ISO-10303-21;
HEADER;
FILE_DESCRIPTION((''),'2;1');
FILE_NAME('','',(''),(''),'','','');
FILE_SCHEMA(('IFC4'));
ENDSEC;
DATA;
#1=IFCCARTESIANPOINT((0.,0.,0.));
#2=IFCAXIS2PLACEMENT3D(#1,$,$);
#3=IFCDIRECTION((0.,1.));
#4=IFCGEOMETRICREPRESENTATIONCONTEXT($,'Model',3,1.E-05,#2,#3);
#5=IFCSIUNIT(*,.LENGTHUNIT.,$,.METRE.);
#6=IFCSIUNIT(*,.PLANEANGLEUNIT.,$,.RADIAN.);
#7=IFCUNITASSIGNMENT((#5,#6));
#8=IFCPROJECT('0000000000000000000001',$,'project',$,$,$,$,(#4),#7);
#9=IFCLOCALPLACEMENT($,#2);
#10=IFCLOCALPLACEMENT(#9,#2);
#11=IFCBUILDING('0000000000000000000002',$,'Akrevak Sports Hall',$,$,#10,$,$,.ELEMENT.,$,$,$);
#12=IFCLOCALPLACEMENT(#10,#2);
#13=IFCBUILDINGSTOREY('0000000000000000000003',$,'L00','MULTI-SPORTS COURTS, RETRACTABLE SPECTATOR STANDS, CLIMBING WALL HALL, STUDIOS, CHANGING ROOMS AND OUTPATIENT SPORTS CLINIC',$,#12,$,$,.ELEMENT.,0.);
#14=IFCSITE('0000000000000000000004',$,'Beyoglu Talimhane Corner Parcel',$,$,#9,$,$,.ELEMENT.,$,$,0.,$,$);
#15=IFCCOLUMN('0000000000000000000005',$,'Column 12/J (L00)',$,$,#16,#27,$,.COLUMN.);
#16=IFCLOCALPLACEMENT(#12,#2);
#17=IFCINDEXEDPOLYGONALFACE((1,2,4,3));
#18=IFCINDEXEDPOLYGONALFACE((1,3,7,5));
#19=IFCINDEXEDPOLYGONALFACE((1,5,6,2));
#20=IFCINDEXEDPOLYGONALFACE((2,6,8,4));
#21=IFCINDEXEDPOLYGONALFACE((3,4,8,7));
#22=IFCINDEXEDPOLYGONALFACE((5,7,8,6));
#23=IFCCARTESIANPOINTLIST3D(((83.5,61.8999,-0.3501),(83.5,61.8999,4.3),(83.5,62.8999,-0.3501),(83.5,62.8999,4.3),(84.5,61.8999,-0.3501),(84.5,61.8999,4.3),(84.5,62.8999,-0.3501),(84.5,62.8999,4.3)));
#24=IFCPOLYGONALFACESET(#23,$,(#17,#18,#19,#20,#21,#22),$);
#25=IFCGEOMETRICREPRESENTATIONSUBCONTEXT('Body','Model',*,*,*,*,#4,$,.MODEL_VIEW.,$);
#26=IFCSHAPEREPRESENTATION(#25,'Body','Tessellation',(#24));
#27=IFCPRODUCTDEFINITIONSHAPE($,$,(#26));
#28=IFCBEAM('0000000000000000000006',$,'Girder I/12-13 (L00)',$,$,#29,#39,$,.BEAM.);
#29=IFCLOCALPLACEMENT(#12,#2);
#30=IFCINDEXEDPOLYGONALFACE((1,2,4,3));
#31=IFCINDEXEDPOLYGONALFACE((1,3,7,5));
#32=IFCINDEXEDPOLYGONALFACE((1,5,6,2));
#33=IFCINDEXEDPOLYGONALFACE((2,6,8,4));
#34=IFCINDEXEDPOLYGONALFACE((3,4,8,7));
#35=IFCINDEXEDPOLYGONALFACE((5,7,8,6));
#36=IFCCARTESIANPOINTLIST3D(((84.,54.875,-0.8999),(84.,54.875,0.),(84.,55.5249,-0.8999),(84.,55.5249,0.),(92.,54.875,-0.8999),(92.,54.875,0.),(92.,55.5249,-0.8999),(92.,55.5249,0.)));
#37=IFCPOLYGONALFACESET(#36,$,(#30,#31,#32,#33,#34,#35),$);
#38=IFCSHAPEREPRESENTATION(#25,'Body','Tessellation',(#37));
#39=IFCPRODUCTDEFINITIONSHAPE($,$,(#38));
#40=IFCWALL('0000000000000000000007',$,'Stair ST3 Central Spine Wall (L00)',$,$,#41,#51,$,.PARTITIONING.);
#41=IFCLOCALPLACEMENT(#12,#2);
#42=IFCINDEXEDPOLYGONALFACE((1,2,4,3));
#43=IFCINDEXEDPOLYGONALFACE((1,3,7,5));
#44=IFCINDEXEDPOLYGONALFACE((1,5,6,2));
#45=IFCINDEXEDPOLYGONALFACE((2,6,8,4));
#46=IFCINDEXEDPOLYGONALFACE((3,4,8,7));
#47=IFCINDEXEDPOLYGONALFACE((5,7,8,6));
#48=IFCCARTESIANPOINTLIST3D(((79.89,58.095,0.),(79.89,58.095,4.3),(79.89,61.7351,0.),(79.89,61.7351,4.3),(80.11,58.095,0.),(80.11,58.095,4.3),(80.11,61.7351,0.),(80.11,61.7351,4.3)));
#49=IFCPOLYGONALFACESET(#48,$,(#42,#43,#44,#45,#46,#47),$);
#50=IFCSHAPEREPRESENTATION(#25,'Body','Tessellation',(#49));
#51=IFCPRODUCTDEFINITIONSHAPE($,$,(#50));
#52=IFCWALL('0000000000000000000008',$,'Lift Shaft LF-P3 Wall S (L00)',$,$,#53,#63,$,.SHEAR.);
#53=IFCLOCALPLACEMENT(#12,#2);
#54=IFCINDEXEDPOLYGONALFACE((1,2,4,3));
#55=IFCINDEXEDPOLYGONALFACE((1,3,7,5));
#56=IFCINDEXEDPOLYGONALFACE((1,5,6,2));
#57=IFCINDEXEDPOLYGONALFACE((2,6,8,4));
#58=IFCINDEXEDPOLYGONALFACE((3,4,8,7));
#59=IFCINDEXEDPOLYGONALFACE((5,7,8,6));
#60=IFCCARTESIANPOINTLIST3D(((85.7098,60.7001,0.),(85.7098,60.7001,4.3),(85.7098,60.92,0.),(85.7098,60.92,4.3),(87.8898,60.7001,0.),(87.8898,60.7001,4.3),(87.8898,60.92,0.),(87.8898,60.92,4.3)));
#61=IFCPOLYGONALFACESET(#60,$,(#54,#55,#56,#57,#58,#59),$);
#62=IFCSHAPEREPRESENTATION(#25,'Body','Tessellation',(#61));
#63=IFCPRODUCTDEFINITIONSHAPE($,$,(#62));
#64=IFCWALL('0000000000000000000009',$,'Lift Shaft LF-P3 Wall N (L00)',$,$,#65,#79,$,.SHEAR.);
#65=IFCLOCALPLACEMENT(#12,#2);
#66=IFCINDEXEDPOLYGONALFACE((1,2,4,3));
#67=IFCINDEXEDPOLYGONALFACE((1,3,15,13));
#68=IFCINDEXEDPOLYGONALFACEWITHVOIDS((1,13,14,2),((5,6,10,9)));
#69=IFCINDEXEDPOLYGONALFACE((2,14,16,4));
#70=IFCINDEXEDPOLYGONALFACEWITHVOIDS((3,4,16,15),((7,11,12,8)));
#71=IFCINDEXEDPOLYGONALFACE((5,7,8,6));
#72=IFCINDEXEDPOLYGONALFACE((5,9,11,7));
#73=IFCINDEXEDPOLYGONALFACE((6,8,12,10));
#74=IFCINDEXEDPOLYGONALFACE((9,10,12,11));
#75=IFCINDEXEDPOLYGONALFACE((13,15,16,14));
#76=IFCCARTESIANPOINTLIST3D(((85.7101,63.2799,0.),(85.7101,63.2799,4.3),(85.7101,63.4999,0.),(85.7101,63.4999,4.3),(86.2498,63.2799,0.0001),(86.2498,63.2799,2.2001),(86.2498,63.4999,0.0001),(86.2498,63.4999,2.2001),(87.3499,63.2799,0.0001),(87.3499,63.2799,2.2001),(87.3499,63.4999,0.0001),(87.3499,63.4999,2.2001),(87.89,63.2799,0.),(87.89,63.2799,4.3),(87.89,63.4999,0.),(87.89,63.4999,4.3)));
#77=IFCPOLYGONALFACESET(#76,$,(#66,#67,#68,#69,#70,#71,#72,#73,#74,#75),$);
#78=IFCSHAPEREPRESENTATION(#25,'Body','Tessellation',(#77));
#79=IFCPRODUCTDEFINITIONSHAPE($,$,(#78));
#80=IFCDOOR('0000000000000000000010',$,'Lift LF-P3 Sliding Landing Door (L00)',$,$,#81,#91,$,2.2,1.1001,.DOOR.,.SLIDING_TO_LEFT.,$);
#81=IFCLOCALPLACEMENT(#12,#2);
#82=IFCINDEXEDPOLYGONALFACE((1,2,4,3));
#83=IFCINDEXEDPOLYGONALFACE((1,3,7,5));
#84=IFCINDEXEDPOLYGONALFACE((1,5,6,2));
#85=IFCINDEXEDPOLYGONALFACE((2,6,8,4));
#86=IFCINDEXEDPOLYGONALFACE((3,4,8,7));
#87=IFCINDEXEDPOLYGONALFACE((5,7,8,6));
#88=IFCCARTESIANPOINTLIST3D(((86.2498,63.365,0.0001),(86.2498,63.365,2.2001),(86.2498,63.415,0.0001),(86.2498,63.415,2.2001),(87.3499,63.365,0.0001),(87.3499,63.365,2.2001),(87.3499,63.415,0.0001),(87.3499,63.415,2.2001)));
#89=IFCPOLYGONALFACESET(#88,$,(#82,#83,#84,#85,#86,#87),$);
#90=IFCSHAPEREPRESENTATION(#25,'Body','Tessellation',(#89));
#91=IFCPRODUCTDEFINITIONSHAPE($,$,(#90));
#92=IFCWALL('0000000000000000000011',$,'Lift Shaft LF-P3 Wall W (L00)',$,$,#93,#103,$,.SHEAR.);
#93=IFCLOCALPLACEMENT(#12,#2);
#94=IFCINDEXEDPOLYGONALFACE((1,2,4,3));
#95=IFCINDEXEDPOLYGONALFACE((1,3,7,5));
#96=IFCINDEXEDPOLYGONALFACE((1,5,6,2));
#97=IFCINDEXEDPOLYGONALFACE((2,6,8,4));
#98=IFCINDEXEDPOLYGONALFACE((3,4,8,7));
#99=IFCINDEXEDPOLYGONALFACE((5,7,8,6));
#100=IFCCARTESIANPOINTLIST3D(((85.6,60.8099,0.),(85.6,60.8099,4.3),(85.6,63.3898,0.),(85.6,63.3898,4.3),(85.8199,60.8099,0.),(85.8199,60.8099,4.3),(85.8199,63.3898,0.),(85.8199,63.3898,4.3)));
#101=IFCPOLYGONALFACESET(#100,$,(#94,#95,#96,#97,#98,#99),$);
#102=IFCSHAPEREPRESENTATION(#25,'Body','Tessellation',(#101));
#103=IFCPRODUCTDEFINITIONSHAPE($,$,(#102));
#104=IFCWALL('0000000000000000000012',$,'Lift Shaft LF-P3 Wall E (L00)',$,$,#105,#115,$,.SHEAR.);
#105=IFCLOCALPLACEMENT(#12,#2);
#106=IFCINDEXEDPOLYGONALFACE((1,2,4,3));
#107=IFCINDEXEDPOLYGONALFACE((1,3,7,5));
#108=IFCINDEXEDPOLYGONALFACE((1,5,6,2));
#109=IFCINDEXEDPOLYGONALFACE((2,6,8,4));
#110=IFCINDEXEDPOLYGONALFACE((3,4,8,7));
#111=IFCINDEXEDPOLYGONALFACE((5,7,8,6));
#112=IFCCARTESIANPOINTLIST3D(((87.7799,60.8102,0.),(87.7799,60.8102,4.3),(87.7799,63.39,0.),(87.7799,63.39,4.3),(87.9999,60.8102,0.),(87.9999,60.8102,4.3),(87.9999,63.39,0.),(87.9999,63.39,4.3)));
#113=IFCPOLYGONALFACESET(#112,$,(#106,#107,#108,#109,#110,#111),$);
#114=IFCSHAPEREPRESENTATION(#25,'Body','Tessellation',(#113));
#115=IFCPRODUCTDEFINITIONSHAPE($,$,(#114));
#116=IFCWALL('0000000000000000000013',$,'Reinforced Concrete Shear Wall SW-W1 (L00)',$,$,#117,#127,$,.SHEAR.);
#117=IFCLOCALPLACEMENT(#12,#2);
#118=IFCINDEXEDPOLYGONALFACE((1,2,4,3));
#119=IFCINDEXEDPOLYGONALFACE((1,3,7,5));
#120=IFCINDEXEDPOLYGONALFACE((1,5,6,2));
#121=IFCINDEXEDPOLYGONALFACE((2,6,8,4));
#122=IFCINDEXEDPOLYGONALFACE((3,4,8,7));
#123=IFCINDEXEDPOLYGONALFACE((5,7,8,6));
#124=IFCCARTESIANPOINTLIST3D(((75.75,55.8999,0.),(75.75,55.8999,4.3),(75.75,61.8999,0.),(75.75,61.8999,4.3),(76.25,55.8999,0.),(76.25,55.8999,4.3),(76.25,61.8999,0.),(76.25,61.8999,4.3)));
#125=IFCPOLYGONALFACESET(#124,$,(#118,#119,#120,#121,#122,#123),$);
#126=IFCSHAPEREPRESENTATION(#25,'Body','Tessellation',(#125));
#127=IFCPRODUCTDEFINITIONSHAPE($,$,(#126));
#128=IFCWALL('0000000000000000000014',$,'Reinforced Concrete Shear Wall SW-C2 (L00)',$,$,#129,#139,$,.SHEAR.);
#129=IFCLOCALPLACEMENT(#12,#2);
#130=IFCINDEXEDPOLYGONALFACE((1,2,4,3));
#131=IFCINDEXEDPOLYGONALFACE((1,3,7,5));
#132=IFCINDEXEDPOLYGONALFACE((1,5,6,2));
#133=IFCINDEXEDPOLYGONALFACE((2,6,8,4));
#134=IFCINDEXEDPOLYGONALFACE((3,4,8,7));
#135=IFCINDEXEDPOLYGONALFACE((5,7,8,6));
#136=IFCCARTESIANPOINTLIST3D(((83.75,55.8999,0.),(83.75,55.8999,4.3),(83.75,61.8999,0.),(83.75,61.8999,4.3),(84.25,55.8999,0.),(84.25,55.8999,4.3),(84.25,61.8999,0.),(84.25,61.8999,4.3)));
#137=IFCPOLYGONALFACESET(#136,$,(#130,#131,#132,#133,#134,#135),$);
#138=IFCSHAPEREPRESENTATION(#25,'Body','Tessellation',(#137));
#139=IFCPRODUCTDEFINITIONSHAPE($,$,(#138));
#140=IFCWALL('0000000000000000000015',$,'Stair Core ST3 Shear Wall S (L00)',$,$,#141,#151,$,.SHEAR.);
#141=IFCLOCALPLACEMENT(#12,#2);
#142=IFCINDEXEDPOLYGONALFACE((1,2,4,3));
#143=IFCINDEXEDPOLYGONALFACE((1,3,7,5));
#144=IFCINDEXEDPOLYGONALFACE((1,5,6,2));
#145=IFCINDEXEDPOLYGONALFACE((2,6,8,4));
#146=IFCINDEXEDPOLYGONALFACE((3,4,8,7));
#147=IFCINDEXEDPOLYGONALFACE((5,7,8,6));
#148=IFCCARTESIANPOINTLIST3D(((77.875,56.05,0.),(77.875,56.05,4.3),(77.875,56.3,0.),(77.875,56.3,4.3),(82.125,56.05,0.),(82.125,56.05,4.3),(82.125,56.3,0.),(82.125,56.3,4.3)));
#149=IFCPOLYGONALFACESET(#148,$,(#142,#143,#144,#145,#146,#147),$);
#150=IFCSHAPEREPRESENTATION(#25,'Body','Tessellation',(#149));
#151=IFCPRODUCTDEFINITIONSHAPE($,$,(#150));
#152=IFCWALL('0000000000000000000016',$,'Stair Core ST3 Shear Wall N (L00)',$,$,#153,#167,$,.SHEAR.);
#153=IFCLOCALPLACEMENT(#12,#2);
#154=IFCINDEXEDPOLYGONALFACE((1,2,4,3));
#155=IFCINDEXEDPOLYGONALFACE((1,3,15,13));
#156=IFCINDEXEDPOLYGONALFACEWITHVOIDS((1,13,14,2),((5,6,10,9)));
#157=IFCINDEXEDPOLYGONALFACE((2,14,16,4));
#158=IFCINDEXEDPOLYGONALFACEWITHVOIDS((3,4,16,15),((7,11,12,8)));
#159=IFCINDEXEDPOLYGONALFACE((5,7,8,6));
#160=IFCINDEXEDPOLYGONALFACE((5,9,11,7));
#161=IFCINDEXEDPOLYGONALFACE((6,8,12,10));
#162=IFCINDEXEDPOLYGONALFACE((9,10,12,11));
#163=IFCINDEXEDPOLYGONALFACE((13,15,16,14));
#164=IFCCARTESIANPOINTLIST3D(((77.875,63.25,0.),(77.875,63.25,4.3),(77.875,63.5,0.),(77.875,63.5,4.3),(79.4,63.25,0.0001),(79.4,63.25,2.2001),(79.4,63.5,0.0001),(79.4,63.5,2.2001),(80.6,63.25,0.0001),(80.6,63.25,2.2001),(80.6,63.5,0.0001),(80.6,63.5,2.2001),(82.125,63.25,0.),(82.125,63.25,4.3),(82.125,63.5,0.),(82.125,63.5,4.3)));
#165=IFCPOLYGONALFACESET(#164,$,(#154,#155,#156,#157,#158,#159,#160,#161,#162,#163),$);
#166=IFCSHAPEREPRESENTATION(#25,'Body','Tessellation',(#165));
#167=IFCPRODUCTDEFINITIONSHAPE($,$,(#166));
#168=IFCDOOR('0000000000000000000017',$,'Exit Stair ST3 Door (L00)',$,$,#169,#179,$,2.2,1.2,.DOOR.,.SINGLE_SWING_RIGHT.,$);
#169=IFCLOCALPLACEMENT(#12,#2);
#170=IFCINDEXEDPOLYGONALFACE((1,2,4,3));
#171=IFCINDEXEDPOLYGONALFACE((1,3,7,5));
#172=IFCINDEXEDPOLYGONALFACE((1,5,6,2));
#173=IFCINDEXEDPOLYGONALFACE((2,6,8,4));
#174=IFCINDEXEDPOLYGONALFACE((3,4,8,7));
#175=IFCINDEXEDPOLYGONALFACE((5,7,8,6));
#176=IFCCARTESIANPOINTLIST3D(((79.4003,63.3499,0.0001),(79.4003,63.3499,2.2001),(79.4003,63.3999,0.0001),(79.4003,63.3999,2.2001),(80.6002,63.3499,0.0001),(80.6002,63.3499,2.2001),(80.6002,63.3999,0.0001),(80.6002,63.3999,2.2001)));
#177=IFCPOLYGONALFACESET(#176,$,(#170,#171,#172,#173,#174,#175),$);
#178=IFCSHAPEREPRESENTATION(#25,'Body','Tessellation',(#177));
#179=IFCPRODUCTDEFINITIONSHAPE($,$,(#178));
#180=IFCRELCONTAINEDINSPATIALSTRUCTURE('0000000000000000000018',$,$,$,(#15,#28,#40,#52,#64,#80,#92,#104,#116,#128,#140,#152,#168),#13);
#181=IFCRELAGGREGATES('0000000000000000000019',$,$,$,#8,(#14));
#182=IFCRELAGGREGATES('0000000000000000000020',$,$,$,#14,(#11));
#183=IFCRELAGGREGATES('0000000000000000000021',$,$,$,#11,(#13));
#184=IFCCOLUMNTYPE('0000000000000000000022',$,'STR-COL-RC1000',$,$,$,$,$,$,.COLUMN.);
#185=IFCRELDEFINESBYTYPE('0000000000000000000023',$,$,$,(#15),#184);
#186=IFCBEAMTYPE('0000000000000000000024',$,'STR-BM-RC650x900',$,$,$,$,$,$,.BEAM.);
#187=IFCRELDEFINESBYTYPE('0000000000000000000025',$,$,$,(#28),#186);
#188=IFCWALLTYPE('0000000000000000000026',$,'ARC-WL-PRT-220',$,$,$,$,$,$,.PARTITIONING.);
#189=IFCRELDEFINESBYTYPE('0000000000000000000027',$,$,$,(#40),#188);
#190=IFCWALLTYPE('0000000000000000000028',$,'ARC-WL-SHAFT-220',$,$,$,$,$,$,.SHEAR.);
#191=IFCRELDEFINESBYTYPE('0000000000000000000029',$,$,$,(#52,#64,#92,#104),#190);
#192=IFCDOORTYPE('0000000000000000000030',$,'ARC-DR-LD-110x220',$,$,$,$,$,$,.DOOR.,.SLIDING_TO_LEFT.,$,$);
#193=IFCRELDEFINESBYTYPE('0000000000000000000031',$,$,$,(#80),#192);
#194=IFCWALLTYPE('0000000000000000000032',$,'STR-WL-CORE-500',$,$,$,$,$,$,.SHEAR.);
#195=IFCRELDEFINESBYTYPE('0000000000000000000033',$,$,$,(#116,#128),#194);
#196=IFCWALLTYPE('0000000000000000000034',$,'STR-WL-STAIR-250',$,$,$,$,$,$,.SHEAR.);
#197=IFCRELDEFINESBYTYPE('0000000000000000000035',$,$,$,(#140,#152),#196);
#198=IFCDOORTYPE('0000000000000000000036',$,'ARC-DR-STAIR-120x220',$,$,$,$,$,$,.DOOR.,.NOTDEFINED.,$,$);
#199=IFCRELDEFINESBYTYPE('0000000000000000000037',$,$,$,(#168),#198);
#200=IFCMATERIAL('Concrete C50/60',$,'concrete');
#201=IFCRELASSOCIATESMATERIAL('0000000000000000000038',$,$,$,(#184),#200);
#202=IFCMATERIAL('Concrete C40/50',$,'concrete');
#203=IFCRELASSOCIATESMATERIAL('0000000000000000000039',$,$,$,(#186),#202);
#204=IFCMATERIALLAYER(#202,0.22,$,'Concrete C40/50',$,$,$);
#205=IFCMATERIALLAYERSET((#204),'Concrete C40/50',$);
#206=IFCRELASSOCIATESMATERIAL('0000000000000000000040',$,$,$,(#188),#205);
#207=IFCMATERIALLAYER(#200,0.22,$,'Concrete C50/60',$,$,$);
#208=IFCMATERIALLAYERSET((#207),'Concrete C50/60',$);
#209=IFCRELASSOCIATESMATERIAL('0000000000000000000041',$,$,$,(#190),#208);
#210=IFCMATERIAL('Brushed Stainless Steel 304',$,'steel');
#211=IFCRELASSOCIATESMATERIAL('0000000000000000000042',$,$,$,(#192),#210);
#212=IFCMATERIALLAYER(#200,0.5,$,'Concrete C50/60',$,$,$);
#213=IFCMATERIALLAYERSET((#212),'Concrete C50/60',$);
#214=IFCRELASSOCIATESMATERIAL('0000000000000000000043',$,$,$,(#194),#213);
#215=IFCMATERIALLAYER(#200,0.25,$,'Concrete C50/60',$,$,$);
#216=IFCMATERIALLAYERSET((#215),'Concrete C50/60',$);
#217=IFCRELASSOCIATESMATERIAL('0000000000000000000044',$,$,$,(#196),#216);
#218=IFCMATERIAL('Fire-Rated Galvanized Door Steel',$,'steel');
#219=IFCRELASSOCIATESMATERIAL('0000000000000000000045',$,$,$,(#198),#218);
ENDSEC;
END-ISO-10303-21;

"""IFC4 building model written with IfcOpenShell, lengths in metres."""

from ifc_helpers import new_model, si_unit, direction, frame, frame_2d, origin, origin_2d, place, context, subcontext, project, spatial, rectangle, extrude, material, layer, layer_set, material_profile, profile_set, type_object, element, fill, save


model = new_model("IFC4")

# Units and contexts
model_context = context("Model", 3, precision=1e-05, world=origin(), true_north=direction((0.0, 1.0)))
body_context = subcontext(model_context, "Body", "Model", "MODEL_VIEW")
ifc_project = project(units=[si_unit("LENGTHUNIT", "METRE"), si_unit("PLANEANGLEUNIT", "RADIAN")], contexts=[model_context])

# Site, building, storey
site_placement = place(None, origin())
site = spatial("IfcSite", under=ifc_project, at=site_placement, Name="Beyoglu Talimhane Corner Parcel", CompositionType="ELEMENT", RefElevation=0.0)
building_placement = place(site_placement, origin())
building = spatial("IfcBuilding", under=site, at=building_placement, Name="Akrevak Sports Hall", CompositionType="ELEMENT")
storey_placement = place(building_placement, origin())
storey = spatial("IfcBuildingStorey", under=building, at=storey_placement, Name="L00", Description="MULTI-SPORTS COURTS, RETRACTABLE SPECTATOR STANDS, CLIMBING WALL HALL, STUDIOS, CHANGING ROOMS AND OUTPATIENT SPORTS CLINIC", CompositionType="ELEMENT", Elevation=0.0)

# Column
ifc_material_1 = material(Name="Concrete C50/60", Category="concrete")
ifc_material_profile_1 = material_profile(ifc_material_1, rectangle(XDim=1.0, YDim=1.0, at=origin_2d()), Name="RC 1000x1000", Category="concrete")
ifc_profile_set_1 = profile_set([ifc_material_profile_1], Name="Concrete C50/60")
column_type = type_object("IfcColumnType", Name="STR-COL-RC1000", PredefinedType="COLUMN", material=ifc_profile_set_1)
column_placement = place(storey_placement, frame((84.0, 62.3999, -0.3501), z_axis=(0.0, 0.0, 1.0), x_axis=(1.0, 0.0, 0.0)))
element("IfcColumn", 1, at=column_placement, inside=storey, type_object=column_type, Name="Column 12/J (L00)", PredefinedType="COLUMN", context=body_context, shape_type="SweptSolid", body=[
    extrude(rectangle(XDim=1.0, YDim=1.0, at=origin_2d()), origin(), (0.0, 0.0, 1.0), 4.6501),
])

# Beam
ifc_material_2 = material(Name="Concrete C40/50", Category="concrete")
ifc_material_profile_2 = material_profile(ifc_material_2, rectangle(XDim=0.6499, YDim=0.8999, at=origin_2d()), Name="BM 650x900", Category="concrete")
ifc_profile_set_2 = profile_set([ifc_material_profile_2], Name="Concrete C40/50")
beam_type = type_object("IfcBeamType", Name="STR-BM-RC650x900", PredefinedType="BEAM", material=ifc_profile_set_2)
beam_placement = place(storey_placement, frame((84.0, 55.2, -0.45), z_axis=(1.0, 0.0, 0.0), x_axis=(0.0, 1.0, 0.0)))
element("IfcBeam", 2, at=beam_placement, inside=storey, type_object=beam_type, Name="Girder I/12-13 (L00)", PredefinedType="BEAM", context=body_context, shape_type="SweptSolid", body=[
    extrude(rectangle(XDim=0.6499, YDim=0.8999, at=origin_2d()), origin(), (0.0, 0.0, 1.0), 8.0),
])

# Walls
ifc_layer_1 = layer(ifc_material_2, 0.22, Name="Concrete C40/50")
ifc_layer_set_1 = layer_set([ifc_layer_1], Name="Concrete C40/50")
wall_type_1 = type_object("IfcWallType", Name="ARC-WL-PRT-220", PredefinedType="PARTITIONING", material=ifc_layer_set_1)
wall_1_placement = place(storey_placement, frame((80.0, 58.095, 0.0), z_axis=(0.0, 0.0, 1.0), x_axis=(0.0, 1.0, 0.0)))
element("IfcWall", 3, at=wall_1_placement, inside=storey, type_object=wall_type_1, Name="Stair ST3 Central Spine Wall (L00)", PredefinedType="PARTITIONING", context=body_context, shape_type="SweptSolid", body=[
    extrude(rectangle(XDim=3.6401, YDim=0.22, at=frame_2d((1.8201, 0.0))), origin(), (0.0, 0.0, 1.0), 4.3),
])
ifc_layer_2 = layer(ifc_material_1, 0.22, Name="Concrete C50/60")
ifc_layer_set_2 = layer_set([ifc_layer_2], Name="Concrete C50/60")
wall_type_2 = type_object("IfcWallType", Name="ARC-WL-SHAFT-220", PredefinedType="SHEAR", material=ifc_layer_set_2)
wall_2_placement = place(storey_placement, frame((85.71, 60.8101, 0.0), z_axis=(0.0, 0.0, 1.0), x_axis=(1.0, 0.0, 0.0)))
element("IfcWall", 4, at=wall_2_placement, inside=storey, type_object=wall_type_2, Name="Lift Shaft LF-P3 Wall S (L00)", PredefinedType="SHEAR", context=body_context, shape_type="SweptSolid", body=[
    extrude(rectangle(XDim=2.1799, YDim=0.22, at=frame_2d((1.0898, 0.0))), origin(), (0.0, 0.0, 1.0), 4.3),
])

# Wall, opening, door
wall_3_placement = place(storey_placement, frame((87.8899, 63.3899, 0.0), z_axis=(0.0, 0.0, 1.0), x_axis=(-1.0, 0.0, 0.0)))
wall_3 = element("IfcWall", 5, at=wall_3_placement, inside=storey, type_object=wall_type_2, Name="Lift Shaft LF-P3 Wall N (L00)", PredefinedType="SHEAR", context=body_context, shape_type="SweptSolid", body=[
    extrude(rectangle(XDim=2.1799, YDim=0.22, at=frame_2d((1.0898, 0.0))), origin(), (0.0, 0.0, 1.0), 4.3),
])
opening_1_placement = place(wall_3_placement, frame((0.54, 0.0, 0.0)))
opening_1 = element("IfcOpeningElement", 6, at=opening_1_placement, cuts=wall_3, PredefinedType="OPENING", context=body_context, shape_type="SweptSolid", body=[
    extrude(rectangle(XDim=1.1001, YDim=2.2, at=frame_2d((0.55, 1.1001))), frame((0.0, 0.1221, 0.0), z_axis=(0.0, -1.0, 0.0), x_axis=(1.0, 0.0, 0.0)), (0.0, 0.0, 1.0), 0.2439),
])
ifc_material_3 = material(Name="Brushed Stainless Steel 304", Category="steel")
door_type_1 = type_object("IfcDoorType", Name="ARC-DR-LD-110x220", OperationType="SLIDING_TO_LEFT", PredefinedType="DOOR", material=ifc_material_3)
door_1_placement = place(opening_1_placement, origin())
door_1 = element("IfcDoor", 7, at=door_1_placement, inside=storey, type_object=door_type_1, Name="Lift LF-P3 Sliding Landing Door (L00)", OperationType="SLIDING_TO_LEFT", OverallHeight=2.2, OverallWidth=1.1001, PredefinedType="DOOR", context=body_context, shape_type="SweptSolid", body=[
    extrude(rectangle(XDim=1.1001, YDim=2.2, at=frame_2d((0.55, 1.1001))), frame((0.0, 0.0249, 0.0), z_axis=(0.0, -1.0, 0.0), x_axis=(1.0, 0.0, 0.0)), (0.0, 0.0, 1.0), 0.05),
])
fill(opening_1, door_1)

# Walls
for number, where, z_axis, x_axis, name in (
    (8, (85.71, 63.3899, 0.0), (0.0, 0.0, 1.0), (0.0, -1.0, 0.0), "Lift Shaft LF-P3 Wall W (L00)"),
    (9, (87.8899, 60.8101, 0.0), (0.0, 0.0, 1.0), (0.0, 1.0, 0.0), "Lift Shaft LF-P3 Wall E (L00)"),
):
    element("IfcWall", number, at=place(storey_placement, frame(where, z_axis=z_axis, x_axis=x_axis)), inside=storey, type_object=wall_type_2, Name=name, PredefinedType="SHEAR", context=body_context, shape_type="SweptSolid", body=[
        extrude(rectangle(XDim=2.5798, YDim=0.22, at=frame_2d((1.29, 0.0))), origin(), (0.0, 0.0, 1.0), 4.3),
    ])
ifc_layer_3 = layer(ifc_material_1, 0.5, Name="Concrete C50/60")
ifc_layer_set_3 = layer_set([ifc_layer_3], Name="Concrete C50/60")
wall_type_3 = type_object("IfcWallType", Name="STR-WL-CORE-500", PredefinedType="SHEAR", material=ifc_layer_set_3)
for number, where, z_axis, x_axis, name in (
    (10, (76.0, 55.8999, 0.0), (0.0, 0.0, 1.0), (0.0, 1.0, 0.0), "Reinforced Concrete Shear Wall SW-W1 (L00)"),
    (11, (84.0, 55.8999, 0.0), (0.0, 0.0, 1.0), (0.0, 1.0, 0.0), "Reinforced Concrete Shear Wall SW-C2 (L00)"),
):
    element("IfcWall", number, at=place(storey_placement, frame(where, z_axis=z_axis, x_axis=x_axis)), inside=storey, type_object=wall_type_3, Name=name, PredefinedType="SHEAR", context=body_context, shape_type="SweptSolid", body=[
        extrude(rectangle(XDim=6.0, YDim=0.5, at=frame_2d((3.0, 0.0))), origin(), (0.0, 0.0, 1.0), 4.3),
    ])
ifc_layer_4 = layer(ifc_material_1, 0.25, Name="Concrete C50/60")
ifc_layer_set_4 = layer_set([ifc_layer_4], Name="Concrete C50/60")
wall_type_4 = type_object("IfcWallType", Name="STR-WL-STAIR-250", PredefinedType="SHEAR", material=ifc_layer_set_4)
wall_4_placement = place(storey_placement, frame((77.875, 56.175, 0.0), z_axis=(0.0, 0.0, 1.0), x_axis=(1.0, 0.0, 0.0)))
element("IfcWall", 12, at=wall_4_placement, inside=storey, type_object=wall_type_4, Name="Stair Core ST3 Shear Wall S (L00)", PredefinedType="SHEAR", context=body_context, shape_type="SweptSolid", body=[
    extrude(rectangle(XDim=4.25, YDim=0.25, at=frame_2d((2.125, 0.0))), origin(), (0.0, 0.0, 1.0), 4.3),
])

# Wall, opening, door
wall_5_placement = place(storey_placement, frame((82.125, 63.375, 0.0), z_axis=(0.0, 0.0, 1.0), x_axis=(-1.0, 0.0, 0.0)))
wall_5 = element("IfcWall", 13, at=wall_5_placement, inside=storey, type_object=wall_type_4, Name="Stair Core ST3 Shear Wall N (L00)", PredefinedType="SHEAR", context=body_context, shape_type="SweptSolid", body=[
    extrude(rectangle(XDim=4.25, YDim=0.25, at=frame_2d((2.125, 0.0))), origin(), (0.0, 0.0, 1.0), 4.3),
])
opening_2_placement = place(wall_5_placement, frame((1.5249, 0.0, 0.0)))
opening_2 = element("IfcOpeningElement", 14, at=opening_2_placement, cuts=wall_5, PredefinedType="OPENING", context=body_context, shape_type="SweptSolid", body=[
    extrude(rectangle(XDim=1.2, YDim=2.2, at=frame_2d((0.6001, 1.1001))), frame((0.0, 0.137, 0.0), z_axis=(0.0, -1.0, 0.0), x_axis=(1.0, 0.0, 0.0)), (0.0, 0.0, 1.0), 0.2739),
])
ifc_material_4 = material(Name="Fire-Rated Galvanized Door Steel", Category="steel")
door_type_2 = type_object("IfcDoorType", Name="ARC-DR-STAIR-120x220", OperationType="NOTDEFINED", PredefinedType="DOOR", material=ifc_material_4)
door_2_placement = place(opening_2_placement, frame((1.2, 0.0, 0.0), z_axis=(0.0, 0.0, 1.0), x_axis=(-1.0, 0.0, 0.0)))
door_2 = element("IfcDoor", 15, at=door_2_placement, inside=storey, type_object=door_type_2, Name="Exit Stair ST3 Door (L00)", OperationType="SINGLE_SWING_RIGHT", OverallHeight=2.2, OverallWidth=1.2, PredefinedType="DOOR", context=body_context, shape_type="SweptSolid", body=[
    extrude(rectangle(XDim=1.2, YDim=2.2, at=frame_2d((0.6001, 1.1001))), frame((0.0, 0.0249, 0.0), z_axis=(0.0, -1.0, 0.0), x_axis=(1.0, 0.0, 0.0)), (0.0, 0.0, 1.0), 0.05),
])
fill(opening_2, door_2)

save(model, "model.ifc")
